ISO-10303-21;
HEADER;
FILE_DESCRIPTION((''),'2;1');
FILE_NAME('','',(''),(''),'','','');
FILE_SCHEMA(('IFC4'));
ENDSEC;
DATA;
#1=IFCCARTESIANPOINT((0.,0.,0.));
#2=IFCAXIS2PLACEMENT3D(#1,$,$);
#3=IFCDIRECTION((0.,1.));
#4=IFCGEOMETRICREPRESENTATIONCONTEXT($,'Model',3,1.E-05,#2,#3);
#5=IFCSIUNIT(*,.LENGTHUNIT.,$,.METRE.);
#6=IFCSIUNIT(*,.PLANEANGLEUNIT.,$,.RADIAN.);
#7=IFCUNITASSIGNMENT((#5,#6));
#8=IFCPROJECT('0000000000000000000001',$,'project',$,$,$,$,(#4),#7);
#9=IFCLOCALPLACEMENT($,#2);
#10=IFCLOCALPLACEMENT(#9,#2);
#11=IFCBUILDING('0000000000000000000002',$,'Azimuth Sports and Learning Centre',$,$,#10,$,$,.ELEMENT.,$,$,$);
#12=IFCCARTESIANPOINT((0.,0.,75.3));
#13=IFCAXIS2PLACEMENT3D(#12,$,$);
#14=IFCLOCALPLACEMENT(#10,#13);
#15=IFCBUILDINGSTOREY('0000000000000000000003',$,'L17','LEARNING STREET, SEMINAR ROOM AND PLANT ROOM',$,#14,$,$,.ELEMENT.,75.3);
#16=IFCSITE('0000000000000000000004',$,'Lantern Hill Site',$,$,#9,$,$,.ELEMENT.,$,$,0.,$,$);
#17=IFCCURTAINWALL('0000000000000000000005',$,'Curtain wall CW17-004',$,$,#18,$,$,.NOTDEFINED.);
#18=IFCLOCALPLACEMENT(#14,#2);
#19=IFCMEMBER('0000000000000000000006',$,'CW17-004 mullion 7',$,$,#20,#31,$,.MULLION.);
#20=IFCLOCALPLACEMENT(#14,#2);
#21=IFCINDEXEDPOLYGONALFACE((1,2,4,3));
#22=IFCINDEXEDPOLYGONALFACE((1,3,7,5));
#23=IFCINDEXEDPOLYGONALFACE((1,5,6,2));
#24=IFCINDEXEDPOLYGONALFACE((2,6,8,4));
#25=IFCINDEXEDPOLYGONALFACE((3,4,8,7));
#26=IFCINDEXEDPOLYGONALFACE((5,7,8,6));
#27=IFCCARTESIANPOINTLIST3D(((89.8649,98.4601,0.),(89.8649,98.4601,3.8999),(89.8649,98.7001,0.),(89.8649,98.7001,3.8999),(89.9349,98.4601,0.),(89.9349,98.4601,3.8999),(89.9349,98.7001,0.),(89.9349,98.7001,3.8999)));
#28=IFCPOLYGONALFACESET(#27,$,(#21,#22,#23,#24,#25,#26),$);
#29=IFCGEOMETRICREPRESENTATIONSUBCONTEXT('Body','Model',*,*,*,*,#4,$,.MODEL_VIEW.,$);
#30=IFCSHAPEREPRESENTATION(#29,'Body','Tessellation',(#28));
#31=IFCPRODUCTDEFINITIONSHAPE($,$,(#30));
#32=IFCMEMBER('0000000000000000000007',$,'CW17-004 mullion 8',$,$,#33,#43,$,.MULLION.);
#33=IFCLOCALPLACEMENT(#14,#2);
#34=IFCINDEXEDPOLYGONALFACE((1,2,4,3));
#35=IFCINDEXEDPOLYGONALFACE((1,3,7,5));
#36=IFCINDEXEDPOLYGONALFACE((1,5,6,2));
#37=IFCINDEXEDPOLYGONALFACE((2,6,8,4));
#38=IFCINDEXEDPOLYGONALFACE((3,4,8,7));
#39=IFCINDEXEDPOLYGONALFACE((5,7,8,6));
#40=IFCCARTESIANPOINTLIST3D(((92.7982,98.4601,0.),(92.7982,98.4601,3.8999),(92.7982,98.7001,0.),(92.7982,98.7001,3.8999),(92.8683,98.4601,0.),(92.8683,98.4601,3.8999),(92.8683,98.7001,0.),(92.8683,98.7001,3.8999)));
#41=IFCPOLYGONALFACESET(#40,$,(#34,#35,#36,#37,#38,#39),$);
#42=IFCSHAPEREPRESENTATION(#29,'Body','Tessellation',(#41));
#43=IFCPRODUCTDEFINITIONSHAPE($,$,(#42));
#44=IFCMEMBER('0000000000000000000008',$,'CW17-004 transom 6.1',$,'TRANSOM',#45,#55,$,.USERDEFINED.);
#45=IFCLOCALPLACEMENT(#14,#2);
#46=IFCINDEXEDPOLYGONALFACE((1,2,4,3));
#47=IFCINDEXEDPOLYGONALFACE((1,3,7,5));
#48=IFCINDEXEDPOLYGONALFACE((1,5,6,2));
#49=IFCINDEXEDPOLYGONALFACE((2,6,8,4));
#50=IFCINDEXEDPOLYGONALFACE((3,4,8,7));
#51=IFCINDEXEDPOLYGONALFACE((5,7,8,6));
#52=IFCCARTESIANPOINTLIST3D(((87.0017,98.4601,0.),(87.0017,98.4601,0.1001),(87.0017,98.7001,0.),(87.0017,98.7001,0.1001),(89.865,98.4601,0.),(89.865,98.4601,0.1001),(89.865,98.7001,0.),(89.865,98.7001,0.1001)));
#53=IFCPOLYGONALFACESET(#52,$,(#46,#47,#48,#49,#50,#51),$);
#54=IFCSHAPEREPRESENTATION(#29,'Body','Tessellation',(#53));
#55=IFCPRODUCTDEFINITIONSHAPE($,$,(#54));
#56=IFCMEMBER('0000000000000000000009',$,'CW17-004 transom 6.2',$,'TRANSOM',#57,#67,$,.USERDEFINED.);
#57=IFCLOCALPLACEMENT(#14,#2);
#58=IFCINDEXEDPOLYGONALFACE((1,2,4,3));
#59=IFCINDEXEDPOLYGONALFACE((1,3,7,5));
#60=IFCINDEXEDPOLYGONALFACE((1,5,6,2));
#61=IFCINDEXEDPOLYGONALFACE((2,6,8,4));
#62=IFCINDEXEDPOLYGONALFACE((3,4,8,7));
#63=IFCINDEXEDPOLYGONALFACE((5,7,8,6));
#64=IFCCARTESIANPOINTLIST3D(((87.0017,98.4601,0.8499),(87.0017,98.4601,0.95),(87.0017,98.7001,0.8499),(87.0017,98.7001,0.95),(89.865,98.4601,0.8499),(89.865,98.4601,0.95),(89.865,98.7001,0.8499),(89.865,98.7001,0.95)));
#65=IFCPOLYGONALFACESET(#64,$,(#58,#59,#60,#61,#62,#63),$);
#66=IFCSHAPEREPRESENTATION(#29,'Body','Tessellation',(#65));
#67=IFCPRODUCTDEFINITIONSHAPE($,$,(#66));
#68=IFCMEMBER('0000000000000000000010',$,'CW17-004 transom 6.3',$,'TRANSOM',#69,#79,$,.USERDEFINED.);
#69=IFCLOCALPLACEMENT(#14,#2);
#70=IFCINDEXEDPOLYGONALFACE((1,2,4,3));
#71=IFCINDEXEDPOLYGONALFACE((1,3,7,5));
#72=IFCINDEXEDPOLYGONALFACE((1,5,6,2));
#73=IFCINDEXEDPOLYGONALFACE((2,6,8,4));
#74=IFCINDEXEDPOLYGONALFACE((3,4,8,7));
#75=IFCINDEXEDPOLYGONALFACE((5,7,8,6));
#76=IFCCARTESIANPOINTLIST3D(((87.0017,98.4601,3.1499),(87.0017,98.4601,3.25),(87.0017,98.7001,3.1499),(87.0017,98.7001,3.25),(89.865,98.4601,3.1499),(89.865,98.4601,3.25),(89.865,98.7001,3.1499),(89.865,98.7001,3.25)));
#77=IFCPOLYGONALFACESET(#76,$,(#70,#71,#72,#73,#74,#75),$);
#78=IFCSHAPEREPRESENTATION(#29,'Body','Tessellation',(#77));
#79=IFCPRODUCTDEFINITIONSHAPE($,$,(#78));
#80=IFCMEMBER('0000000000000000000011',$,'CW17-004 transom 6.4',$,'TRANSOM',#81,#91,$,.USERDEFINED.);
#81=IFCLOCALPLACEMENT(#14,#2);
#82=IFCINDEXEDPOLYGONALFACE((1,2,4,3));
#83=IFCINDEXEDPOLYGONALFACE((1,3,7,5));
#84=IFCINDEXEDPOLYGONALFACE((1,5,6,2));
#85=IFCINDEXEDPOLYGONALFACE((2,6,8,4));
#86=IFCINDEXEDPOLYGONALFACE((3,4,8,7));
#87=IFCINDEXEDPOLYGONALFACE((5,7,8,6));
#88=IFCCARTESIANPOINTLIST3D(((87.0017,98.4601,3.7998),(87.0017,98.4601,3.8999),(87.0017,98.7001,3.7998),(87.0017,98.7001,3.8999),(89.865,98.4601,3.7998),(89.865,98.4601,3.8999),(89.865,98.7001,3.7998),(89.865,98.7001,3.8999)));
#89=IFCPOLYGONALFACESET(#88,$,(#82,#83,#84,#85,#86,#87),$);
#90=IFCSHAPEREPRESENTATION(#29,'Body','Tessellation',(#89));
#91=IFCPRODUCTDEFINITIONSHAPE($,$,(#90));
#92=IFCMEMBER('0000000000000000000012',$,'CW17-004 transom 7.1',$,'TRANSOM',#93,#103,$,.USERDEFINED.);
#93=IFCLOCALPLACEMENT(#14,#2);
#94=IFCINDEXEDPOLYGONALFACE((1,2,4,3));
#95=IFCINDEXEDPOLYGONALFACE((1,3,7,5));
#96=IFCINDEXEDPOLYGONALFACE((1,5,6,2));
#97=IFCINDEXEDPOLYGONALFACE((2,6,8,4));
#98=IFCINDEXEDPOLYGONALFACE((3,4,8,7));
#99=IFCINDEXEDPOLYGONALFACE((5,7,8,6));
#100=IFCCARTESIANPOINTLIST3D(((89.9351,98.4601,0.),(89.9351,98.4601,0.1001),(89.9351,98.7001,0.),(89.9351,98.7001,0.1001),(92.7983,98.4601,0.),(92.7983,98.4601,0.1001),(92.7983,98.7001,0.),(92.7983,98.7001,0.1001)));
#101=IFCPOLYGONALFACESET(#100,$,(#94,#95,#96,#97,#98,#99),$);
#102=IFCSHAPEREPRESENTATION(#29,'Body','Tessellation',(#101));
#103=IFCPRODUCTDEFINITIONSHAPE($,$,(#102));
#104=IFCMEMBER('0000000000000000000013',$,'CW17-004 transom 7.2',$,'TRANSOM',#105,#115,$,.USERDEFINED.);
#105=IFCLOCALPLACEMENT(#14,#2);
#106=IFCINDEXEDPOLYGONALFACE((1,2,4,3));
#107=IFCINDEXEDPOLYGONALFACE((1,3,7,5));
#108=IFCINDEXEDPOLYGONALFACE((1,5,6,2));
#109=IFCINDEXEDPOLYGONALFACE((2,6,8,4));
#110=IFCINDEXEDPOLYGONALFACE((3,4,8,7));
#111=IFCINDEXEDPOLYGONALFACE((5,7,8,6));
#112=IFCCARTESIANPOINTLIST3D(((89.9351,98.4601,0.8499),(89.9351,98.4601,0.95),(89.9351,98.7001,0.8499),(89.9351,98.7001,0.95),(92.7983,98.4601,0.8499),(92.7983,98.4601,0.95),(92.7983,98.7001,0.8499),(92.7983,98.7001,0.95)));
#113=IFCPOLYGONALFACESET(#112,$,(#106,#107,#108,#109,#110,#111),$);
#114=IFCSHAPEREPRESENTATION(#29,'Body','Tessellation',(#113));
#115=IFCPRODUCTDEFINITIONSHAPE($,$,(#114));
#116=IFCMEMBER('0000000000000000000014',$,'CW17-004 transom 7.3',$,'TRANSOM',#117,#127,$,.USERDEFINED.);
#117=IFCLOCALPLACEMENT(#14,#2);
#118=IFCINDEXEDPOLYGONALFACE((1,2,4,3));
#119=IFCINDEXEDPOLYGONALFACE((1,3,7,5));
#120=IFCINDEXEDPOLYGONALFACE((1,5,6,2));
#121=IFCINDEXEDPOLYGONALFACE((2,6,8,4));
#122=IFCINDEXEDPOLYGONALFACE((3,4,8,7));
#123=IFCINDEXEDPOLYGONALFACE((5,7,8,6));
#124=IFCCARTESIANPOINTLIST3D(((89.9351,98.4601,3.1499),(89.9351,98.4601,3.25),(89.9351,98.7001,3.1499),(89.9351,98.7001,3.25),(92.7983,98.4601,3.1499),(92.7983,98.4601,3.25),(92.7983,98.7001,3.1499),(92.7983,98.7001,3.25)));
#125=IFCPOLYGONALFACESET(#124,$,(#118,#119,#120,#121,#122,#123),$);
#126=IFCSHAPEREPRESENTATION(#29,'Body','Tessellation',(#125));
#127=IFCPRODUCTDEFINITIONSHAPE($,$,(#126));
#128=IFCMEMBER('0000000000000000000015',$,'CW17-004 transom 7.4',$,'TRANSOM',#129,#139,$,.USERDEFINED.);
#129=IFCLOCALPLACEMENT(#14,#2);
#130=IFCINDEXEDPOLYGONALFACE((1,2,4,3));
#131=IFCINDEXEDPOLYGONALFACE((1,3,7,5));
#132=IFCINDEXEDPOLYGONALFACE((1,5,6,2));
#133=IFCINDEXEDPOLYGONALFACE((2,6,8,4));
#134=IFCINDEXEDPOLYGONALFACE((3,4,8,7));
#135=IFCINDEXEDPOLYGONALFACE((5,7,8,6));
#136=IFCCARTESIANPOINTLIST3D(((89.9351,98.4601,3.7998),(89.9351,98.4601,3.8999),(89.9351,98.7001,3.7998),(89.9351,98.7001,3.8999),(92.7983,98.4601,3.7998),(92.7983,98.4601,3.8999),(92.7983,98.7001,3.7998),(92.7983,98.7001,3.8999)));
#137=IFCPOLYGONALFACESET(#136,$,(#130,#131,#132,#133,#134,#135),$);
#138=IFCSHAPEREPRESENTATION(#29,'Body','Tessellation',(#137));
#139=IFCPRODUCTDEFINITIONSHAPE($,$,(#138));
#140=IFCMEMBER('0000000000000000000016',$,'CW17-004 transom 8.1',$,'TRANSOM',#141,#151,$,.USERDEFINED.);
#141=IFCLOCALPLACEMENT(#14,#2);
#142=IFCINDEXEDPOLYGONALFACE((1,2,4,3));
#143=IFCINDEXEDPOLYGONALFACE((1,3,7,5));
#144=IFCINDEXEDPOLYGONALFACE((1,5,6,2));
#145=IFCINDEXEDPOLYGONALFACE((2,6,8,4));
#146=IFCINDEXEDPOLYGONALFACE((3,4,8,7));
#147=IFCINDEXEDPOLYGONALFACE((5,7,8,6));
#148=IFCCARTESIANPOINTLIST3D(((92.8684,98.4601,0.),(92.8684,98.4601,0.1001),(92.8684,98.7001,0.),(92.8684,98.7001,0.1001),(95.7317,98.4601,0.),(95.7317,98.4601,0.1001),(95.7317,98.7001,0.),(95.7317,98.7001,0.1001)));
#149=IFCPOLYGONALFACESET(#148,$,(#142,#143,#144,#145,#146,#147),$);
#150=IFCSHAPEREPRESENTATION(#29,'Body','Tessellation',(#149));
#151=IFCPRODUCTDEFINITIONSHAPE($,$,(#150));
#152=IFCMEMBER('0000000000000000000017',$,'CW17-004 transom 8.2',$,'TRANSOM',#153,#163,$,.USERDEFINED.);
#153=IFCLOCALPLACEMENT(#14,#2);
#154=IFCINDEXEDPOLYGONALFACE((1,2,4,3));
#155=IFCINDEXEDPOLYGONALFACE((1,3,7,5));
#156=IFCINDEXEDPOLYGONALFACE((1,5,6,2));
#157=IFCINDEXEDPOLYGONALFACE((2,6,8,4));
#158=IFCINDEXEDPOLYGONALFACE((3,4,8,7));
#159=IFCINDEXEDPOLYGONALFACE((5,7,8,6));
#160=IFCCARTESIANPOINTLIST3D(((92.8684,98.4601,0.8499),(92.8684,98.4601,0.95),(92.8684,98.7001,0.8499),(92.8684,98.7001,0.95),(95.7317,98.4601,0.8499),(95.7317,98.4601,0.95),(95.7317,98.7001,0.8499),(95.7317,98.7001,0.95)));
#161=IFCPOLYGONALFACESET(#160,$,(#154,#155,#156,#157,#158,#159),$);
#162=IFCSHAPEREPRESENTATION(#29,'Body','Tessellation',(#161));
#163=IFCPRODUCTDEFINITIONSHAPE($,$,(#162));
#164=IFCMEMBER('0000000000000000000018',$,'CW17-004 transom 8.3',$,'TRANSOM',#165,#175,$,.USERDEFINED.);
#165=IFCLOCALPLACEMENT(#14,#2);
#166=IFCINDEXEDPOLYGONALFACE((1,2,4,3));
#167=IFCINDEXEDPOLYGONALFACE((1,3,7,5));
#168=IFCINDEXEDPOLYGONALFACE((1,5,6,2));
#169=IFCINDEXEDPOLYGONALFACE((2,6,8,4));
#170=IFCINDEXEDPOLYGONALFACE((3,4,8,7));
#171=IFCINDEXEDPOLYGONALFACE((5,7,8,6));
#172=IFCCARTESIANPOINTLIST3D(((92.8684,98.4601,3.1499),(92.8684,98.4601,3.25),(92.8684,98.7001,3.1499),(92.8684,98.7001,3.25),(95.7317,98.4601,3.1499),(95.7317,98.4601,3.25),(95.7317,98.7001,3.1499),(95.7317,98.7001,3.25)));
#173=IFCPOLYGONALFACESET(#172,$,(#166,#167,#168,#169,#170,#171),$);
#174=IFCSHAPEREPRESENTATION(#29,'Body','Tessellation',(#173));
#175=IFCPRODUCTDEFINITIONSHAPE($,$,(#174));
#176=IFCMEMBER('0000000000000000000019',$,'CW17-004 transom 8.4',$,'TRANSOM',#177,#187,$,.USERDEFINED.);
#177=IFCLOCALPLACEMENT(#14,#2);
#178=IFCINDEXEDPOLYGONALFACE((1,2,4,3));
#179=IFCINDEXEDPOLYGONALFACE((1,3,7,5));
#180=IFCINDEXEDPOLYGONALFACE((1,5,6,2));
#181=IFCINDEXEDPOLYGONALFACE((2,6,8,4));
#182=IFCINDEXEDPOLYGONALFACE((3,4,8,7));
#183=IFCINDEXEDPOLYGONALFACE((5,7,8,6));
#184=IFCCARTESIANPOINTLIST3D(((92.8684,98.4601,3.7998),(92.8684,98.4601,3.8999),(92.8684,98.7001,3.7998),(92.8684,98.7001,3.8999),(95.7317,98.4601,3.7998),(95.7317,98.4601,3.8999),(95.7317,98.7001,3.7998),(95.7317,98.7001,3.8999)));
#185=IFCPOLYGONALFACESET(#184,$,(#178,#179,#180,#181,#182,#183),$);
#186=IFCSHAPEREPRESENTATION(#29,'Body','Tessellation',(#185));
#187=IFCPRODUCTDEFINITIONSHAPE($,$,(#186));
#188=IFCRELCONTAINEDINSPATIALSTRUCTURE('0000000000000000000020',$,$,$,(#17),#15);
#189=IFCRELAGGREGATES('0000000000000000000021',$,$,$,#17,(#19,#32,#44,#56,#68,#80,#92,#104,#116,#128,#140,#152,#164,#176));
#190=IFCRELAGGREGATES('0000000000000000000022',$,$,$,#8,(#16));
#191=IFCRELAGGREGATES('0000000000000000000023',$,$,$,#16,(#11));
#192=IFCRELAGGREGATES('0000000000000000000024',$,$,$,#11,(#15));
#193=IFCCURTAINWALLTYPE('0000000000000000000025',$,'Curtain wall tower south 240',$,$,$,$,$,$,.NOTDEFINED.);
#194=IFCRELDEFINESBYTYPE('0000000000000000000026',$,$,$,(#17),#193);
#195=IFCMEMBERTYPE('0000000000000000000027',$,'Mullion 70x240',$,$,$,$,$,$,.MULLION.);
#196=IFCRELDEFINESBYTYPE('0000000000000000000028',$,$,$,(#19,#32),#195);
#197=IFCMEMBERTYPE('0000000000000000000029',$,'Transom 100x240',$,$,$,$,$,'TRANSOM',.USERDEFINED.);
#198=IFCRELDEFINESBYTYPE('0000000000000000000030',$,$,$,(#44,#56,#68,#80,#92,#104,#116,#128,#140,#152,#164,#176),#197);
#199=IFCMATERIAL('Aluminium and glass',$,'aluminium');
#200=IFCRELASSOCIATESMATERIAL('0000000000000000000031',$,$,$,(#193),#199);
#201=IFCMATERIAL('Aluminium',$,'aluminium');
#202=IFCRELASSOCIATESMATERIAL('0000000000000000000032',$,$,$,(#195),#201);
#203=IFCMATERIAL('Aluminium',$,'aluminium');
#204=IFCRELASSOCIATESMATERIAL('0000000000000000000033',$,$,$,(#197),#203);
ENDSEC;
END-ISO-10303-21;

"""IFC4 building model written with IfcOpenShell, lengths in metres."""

from ifc_helpers import new_model, si_unit, direction, frame, origin, origin_2d, place, context, subcontext, project, spatial, rectangle, extrude, material, material_profile, profile_set, type_object, element, aggregate, save


model = new_model("IFC4")

# Units and contexts
model_context = context("Model", 3, precision=1e-05, world=origin(), true_north=direction((0.0, 1.0)))
body_context = subcontext(model_context, "Body", "Model", "MODEL_VIEW")
ifc_project = project(units=[si_unit("LENGTHUNIT", "METRE"), si_unit("PLANEANGLEUNIT", "RADIAN")], contexts=[model_context])

# Site, building, storey
site_placement = place(None, origin())
site = spatial("IfcSite", under=ifc_project, at=site_placement, Name="Lantern Hill Site", CompositionType="ELEMENT", RefElevation=0.0)
building_placement = place(site_placement, origin())
building = spatial("IfcBuilding", under=site, at=building_placement, Name="Azimuth Sports and Learning Centre", CompositionType="ELEMENT")
storey_placement = place(building_placement, frame((0.0, 0.0, 75.3)))
storey = spatial("IfcBuildingStorey", under=building, at=storey_placement, Name="L17", Description="LEARNING STREET, SEMINAR ROOM AND PLANT ROOM", CompositionType="ELEMENT", Elevation=75.3)

# Curtain wall, members
ifc_material_1 = material(Name="Aluminium and glass", Category="aluminium")
curtain_wall_type = type_object("IfcCurtainWallType", Name="Curtain wall tower south 240", PredefinedType="NOTDEFINED", material=ifc_material_1)
curtain_wall_placement = place(storey_placement, origin())
curtain_wall = element("IfcCurtainWall", 1, at=curtain_wall_placement, inside=storey, type_object=curtain_wall_type, Name="Curtain wall CW17-004", PredefinedType="NOTDEFINED")
ifc_material_2 = material(Name="Aluminium", Category="aluminium")
ifc_material_profile_1 = material_profile(ifc_material_2, rectangle(XDim=0.24, YDim=0.0701, at=origin_2d()), Name="Mullion 70x240")
ifc_profile_set_1 = profile_set([ifc_material_profile_1], Name="Aluminium")
member_type_1 = type_object("IfcMemberType", Name="Mullion 70x240", PredefinedType="MULLION", material=ifc_profile_set_1)
member_1_placement = place(storey_placement, frame((89.8999, 98.5801, 0.0), z_axis=(0.0, 0.0, 1.0), x_axis=(0.0, 1.0, 0.0)))
member_1 = element("IfcMember", 2, at=member_1_placement, type_object=member_type_1, Name="CW17-004 mullion 7", PredefinedType="MULLION", context=body_context, shape_type="SweptSolid", body=[
    extrude(rectangle(XDim=0.24, YDim=0.0701, at=origin_2d()), origin(), (0.0, 0.0, 1.0), 3.8999),
])
member_2_placement = place(storey_placement, frame((92.8333, 98.5801, 0.0), z_axis=(0.0, 0.0, 1.0), x_axis=(0.0, 1.0, 0.0)))
member_2 = element("IfcMember", 3, at=member_2_placement, type_object=member_type_1, Name="CW17-004 mullion 8", PredefinedType="MULLION", context=body_context, shape_type="SweptSolid", body=[
    extrude(rectangle(XDim=0.24, YDim=0.0701, at=origin_2d()), origin(), (0.0, 0.0, 1.0), 3.8999),
])
ifc_material_3 = material(Name="Aluminium", Category="aluminium")
ifc_material_profile_2 = material_profile(ifc_material_3, rectangle(XDim=0.24, YDim=0.1001, at=origin_2d()), Name="Transom 100x240")
ifc_profile_set_2 = profile_set([ifc_material_profile_2], Name="Aluminium")
member_type_2 = type_object("IfcMemberType", Name="Transom 100x240", ElementType="TRANSOM", PredefinedType="USERDEFINED", material=ifc_profile_set_2)
member_3_placement = place(storey_placement, frame((87.0017, 98.5801, 0.05), z_axis=(1.0, 0.0, 0.0), x_axis=(0.0, 1.0, 0.0)))
member_3 = element("IfcMember", 4, at=member_3_placement, type_object=member_type_2, Name="CW17-004 transom 6.1", ObjectType="TRANSOM", PredefinedType="USERDEFINED", context=body_context, shape_type="SweptSolid", body=[
    extrude(rectangle(XDim=0.24, YDim=0.1001, at=origin_2d()), origin(), (0.0, 0.0, 1.0), 2.8633),
])
member_4_placement = place(storey_placement, frame((87.0017, 98.5801, 0.8999), z_axis=(1.0, 0.0, 0.0), x_axis=(0.0, 1.0, 0.0)))
member_4 = element("IfcMember", 5, at=member_4_placement, type_object=member_type_2, Name="CW17-004 transom 6.2", ObjectType="TRANSOM", PredefinedType="USERDEFINED", context=body_context, shape_type="SweptSolid", body=[
    extrude(rectangle(XDim=0.24, YDim=0.1001, at=origin_2d()), origin(), (0.0, 0.0, 1.0), 2.8633),
])
member_5_placement = place(storey_placement, frame((87.0017, 98.5801, 3.2), z_axis=(1.0, 0.0, 0.0), x_axis=(0.0, 1.0, 0.0)))
member_5 = element("IfcMember", 6, at=member_5_placement, type_object=member_type_2, Name="CW17-004 transom 6.3", ObjectType="TRANSOM", PredefinedType="USERDEFINED", context=body_context, shape_type="SweptSolid", body=[
    extrude(rectangle(XDim=0.24, YDim=0.1001, at=origin_2d()), origin(), (0.0, 0.0, 1.0), 2.8633),
])
member_6_placement = place(storey_placement, frame((87.0017, 98.5801, 3.8499), z_axis=(1.0, 0.0, 0.0), x_axis=(0.0, 1.0, 0.0)))
member_6 = element("IfcMember", 7, at=member_6_placement, type_object=member_type_2, Name="CW17-004 transom 6.4", ObjectType="TRANSOM", PredefinedType="USERDEFINED", context=body_context, shape_type="SweptSolid", body=[
    extrude(rectangle(XDim=0.24, YDim=0.1001, at=origin_2d()), origin(), (0.0, 0.0, 1.0), 2.8633),
])
member_7_placement = place(storey_placement, frame((89.9351, 98.5801, 0.05), z_axis=(1.0, 0.0, 0.0), x_axis=(0.0, 1.0, 0.0)))
member_7 = element("IfcMember", 8, at=member_7_placement, type_object=member_type_2, Name="CW17-004 transom 7.1", ObjectType="TRANSOM", PredefinedType="USERDEFINED", context=body_context, shape_type="SweptSolid", body=[
    extrude(rectangle(XDim=0.24, YDim=0.1001, at=origin_2d()), origin(), (0.0, 0.0, 1.0), 2.8633),
])
member_8_placement = place(storey_placement, frame((89.9351, 98.5801, 0.8999), z_axis=(1.0, 0.0, 0.0), x_axis=(0.0, 1.0, 0.0)))
member_8 = element("IfcMember", 9, at=member_8_placement, type_object=member_type_2, Name="CW17-004 transom 7.2", ObjectType="TRANSOM", PredefinedType="USERDEFINED", context=body_context, shape_type="SweptSolid", body=[
    extrude(rectangle(XDim=0.24, YDim=0.1001, at=origin_2d()), origin(), (0.0, 0.0, 1.0), 2.8633),
])
member_9_placement = place(storey_placement, frame((89.9351, 98.5801, 3.2), z_axis=(1.0, 0.0, 0.0), x_axis=(0.0, 1.0, 0.0)))
member_9 = element("IfcMember", 10, at=member_9_placement, type_object=member_type_2, Name="CW17-004 transom 7.3", ObjectType="TRANSOM", PredefinedType="USERDEFINED", context=body_context, shape_type="SweptSolid", body=[
    extrude(rectangle(XDim=0.24, YDim=0.1001, at=origin_2d()), origin(), (0.0, 0.0, 1.0), 2.8633),
])
member_10_placement = place(storey_placement, frame((89.9351, 98.5801, 3.8499), z_axis=(1.0, 0.0, 0.0), x_axis=(0.0, 1.0, 0.0)))
member_10 = element("IfcMember", 11, at=member_10_placement, type_object=member_type_2, Name="CW17-004 transom 7.4", ObjectType="TRANSOM", PredefinedType="USERDEFINED", context=body_context, shape_type="SweptSolid", body=[
    extrude(rectangle(XDim=0.24, YDim=0.1001, at=origin_2d()), origin(), (0.0, 0.0, 1.0), 2.8633),
])
member_11_placement = place(storey_placement, frame((92.8684, 98.5801, 0.05), z_axis=(1.0, 0.0, 0.0), x_axis=(0.0, 1.0, 0.0)))
member_11 = element("IfcMember", 12, at=member_11_placement, type_object=member_type_2, Name="CW17-004 transom 8.1", ObjectType="TRANSOM", PredefinedType="USERDEFINED", context=body_context, shape_type="SweptSolid", body=[
    extrude(rectangle(XDim=0.24, YDim=0.1001, at=origin_2d()), origin(), (0.0, 0.0, 1.0), 2.8633),
])
member_12_placement = place(storey_placement, frame((92.8684, 98.5801, 0.8999), z_axis=(1.0, 0.0, 0.0), x_axis=(0.0, 1.0, 0.0)))
member_12 = element("IfcMember", 13, at=member_12_placement, type_object=member_type_2, Name="CW17-004 transom 8.2", ObjectType="TRANSOM", PredefinedType="USERDEFINED", context=body_context, shape_type="SweptSolid", body=[
    extrude(rectangle(XDim=0.24, YDim=0.1001, at=origin_2d()), origin(), (0.0, 0.0, 1.0), 2.8633),
])
member_13_placement = place(storey_placement, frame((92.8684, 98.5801, 3.2), z_axis=(1.0, 0.0, 0.0), x_axis=(0.0, 1.0, 0.0)))
member_13 = element("IfcMember", 14, at=member_13_placement, type_object=member_type_2, Name="CW17-004 transom 8.3", ObjectType="TRANSOM", PredefinedType="USERDEFINED", context=body_context, shape_type="SweptSolid", body=[
    extrude(rectangle(XDim=0.24, YDim=0.1001, at=origin_2d()), origin(), (0.0, 0.0, 1.0), 2.8633),
])
member_14_placement = place(storey_placement, frame((92.8684, 98.5801, 3.8499), z_axis=(1.0, 0.0, 0.0), x_axis=(0.0, 1.0, 0.0)))
member_14 = element("IfcMember", 15, at=member_14_placement, type_object=member_type_2, Name="CW17-004 transom 8.4", ObjectType="TRANSOM", PredefinedType="USERDEFINED", context=body_context, shape_type="SweptSolid", body=[
    extrude(rectangle(XDim=0.24, YDim=0.1001, at=origin_2d()), origin(), (0.0, 0.0, 1.0), 2.8633),
])
aggregate(curtain_wall, [member_1, member_2, member_3, member_4, member_5, member_6, member_7, member_8, member_9, member_10, member_11, member_12, member_13, member_14])

save(model, "model.ifc")
